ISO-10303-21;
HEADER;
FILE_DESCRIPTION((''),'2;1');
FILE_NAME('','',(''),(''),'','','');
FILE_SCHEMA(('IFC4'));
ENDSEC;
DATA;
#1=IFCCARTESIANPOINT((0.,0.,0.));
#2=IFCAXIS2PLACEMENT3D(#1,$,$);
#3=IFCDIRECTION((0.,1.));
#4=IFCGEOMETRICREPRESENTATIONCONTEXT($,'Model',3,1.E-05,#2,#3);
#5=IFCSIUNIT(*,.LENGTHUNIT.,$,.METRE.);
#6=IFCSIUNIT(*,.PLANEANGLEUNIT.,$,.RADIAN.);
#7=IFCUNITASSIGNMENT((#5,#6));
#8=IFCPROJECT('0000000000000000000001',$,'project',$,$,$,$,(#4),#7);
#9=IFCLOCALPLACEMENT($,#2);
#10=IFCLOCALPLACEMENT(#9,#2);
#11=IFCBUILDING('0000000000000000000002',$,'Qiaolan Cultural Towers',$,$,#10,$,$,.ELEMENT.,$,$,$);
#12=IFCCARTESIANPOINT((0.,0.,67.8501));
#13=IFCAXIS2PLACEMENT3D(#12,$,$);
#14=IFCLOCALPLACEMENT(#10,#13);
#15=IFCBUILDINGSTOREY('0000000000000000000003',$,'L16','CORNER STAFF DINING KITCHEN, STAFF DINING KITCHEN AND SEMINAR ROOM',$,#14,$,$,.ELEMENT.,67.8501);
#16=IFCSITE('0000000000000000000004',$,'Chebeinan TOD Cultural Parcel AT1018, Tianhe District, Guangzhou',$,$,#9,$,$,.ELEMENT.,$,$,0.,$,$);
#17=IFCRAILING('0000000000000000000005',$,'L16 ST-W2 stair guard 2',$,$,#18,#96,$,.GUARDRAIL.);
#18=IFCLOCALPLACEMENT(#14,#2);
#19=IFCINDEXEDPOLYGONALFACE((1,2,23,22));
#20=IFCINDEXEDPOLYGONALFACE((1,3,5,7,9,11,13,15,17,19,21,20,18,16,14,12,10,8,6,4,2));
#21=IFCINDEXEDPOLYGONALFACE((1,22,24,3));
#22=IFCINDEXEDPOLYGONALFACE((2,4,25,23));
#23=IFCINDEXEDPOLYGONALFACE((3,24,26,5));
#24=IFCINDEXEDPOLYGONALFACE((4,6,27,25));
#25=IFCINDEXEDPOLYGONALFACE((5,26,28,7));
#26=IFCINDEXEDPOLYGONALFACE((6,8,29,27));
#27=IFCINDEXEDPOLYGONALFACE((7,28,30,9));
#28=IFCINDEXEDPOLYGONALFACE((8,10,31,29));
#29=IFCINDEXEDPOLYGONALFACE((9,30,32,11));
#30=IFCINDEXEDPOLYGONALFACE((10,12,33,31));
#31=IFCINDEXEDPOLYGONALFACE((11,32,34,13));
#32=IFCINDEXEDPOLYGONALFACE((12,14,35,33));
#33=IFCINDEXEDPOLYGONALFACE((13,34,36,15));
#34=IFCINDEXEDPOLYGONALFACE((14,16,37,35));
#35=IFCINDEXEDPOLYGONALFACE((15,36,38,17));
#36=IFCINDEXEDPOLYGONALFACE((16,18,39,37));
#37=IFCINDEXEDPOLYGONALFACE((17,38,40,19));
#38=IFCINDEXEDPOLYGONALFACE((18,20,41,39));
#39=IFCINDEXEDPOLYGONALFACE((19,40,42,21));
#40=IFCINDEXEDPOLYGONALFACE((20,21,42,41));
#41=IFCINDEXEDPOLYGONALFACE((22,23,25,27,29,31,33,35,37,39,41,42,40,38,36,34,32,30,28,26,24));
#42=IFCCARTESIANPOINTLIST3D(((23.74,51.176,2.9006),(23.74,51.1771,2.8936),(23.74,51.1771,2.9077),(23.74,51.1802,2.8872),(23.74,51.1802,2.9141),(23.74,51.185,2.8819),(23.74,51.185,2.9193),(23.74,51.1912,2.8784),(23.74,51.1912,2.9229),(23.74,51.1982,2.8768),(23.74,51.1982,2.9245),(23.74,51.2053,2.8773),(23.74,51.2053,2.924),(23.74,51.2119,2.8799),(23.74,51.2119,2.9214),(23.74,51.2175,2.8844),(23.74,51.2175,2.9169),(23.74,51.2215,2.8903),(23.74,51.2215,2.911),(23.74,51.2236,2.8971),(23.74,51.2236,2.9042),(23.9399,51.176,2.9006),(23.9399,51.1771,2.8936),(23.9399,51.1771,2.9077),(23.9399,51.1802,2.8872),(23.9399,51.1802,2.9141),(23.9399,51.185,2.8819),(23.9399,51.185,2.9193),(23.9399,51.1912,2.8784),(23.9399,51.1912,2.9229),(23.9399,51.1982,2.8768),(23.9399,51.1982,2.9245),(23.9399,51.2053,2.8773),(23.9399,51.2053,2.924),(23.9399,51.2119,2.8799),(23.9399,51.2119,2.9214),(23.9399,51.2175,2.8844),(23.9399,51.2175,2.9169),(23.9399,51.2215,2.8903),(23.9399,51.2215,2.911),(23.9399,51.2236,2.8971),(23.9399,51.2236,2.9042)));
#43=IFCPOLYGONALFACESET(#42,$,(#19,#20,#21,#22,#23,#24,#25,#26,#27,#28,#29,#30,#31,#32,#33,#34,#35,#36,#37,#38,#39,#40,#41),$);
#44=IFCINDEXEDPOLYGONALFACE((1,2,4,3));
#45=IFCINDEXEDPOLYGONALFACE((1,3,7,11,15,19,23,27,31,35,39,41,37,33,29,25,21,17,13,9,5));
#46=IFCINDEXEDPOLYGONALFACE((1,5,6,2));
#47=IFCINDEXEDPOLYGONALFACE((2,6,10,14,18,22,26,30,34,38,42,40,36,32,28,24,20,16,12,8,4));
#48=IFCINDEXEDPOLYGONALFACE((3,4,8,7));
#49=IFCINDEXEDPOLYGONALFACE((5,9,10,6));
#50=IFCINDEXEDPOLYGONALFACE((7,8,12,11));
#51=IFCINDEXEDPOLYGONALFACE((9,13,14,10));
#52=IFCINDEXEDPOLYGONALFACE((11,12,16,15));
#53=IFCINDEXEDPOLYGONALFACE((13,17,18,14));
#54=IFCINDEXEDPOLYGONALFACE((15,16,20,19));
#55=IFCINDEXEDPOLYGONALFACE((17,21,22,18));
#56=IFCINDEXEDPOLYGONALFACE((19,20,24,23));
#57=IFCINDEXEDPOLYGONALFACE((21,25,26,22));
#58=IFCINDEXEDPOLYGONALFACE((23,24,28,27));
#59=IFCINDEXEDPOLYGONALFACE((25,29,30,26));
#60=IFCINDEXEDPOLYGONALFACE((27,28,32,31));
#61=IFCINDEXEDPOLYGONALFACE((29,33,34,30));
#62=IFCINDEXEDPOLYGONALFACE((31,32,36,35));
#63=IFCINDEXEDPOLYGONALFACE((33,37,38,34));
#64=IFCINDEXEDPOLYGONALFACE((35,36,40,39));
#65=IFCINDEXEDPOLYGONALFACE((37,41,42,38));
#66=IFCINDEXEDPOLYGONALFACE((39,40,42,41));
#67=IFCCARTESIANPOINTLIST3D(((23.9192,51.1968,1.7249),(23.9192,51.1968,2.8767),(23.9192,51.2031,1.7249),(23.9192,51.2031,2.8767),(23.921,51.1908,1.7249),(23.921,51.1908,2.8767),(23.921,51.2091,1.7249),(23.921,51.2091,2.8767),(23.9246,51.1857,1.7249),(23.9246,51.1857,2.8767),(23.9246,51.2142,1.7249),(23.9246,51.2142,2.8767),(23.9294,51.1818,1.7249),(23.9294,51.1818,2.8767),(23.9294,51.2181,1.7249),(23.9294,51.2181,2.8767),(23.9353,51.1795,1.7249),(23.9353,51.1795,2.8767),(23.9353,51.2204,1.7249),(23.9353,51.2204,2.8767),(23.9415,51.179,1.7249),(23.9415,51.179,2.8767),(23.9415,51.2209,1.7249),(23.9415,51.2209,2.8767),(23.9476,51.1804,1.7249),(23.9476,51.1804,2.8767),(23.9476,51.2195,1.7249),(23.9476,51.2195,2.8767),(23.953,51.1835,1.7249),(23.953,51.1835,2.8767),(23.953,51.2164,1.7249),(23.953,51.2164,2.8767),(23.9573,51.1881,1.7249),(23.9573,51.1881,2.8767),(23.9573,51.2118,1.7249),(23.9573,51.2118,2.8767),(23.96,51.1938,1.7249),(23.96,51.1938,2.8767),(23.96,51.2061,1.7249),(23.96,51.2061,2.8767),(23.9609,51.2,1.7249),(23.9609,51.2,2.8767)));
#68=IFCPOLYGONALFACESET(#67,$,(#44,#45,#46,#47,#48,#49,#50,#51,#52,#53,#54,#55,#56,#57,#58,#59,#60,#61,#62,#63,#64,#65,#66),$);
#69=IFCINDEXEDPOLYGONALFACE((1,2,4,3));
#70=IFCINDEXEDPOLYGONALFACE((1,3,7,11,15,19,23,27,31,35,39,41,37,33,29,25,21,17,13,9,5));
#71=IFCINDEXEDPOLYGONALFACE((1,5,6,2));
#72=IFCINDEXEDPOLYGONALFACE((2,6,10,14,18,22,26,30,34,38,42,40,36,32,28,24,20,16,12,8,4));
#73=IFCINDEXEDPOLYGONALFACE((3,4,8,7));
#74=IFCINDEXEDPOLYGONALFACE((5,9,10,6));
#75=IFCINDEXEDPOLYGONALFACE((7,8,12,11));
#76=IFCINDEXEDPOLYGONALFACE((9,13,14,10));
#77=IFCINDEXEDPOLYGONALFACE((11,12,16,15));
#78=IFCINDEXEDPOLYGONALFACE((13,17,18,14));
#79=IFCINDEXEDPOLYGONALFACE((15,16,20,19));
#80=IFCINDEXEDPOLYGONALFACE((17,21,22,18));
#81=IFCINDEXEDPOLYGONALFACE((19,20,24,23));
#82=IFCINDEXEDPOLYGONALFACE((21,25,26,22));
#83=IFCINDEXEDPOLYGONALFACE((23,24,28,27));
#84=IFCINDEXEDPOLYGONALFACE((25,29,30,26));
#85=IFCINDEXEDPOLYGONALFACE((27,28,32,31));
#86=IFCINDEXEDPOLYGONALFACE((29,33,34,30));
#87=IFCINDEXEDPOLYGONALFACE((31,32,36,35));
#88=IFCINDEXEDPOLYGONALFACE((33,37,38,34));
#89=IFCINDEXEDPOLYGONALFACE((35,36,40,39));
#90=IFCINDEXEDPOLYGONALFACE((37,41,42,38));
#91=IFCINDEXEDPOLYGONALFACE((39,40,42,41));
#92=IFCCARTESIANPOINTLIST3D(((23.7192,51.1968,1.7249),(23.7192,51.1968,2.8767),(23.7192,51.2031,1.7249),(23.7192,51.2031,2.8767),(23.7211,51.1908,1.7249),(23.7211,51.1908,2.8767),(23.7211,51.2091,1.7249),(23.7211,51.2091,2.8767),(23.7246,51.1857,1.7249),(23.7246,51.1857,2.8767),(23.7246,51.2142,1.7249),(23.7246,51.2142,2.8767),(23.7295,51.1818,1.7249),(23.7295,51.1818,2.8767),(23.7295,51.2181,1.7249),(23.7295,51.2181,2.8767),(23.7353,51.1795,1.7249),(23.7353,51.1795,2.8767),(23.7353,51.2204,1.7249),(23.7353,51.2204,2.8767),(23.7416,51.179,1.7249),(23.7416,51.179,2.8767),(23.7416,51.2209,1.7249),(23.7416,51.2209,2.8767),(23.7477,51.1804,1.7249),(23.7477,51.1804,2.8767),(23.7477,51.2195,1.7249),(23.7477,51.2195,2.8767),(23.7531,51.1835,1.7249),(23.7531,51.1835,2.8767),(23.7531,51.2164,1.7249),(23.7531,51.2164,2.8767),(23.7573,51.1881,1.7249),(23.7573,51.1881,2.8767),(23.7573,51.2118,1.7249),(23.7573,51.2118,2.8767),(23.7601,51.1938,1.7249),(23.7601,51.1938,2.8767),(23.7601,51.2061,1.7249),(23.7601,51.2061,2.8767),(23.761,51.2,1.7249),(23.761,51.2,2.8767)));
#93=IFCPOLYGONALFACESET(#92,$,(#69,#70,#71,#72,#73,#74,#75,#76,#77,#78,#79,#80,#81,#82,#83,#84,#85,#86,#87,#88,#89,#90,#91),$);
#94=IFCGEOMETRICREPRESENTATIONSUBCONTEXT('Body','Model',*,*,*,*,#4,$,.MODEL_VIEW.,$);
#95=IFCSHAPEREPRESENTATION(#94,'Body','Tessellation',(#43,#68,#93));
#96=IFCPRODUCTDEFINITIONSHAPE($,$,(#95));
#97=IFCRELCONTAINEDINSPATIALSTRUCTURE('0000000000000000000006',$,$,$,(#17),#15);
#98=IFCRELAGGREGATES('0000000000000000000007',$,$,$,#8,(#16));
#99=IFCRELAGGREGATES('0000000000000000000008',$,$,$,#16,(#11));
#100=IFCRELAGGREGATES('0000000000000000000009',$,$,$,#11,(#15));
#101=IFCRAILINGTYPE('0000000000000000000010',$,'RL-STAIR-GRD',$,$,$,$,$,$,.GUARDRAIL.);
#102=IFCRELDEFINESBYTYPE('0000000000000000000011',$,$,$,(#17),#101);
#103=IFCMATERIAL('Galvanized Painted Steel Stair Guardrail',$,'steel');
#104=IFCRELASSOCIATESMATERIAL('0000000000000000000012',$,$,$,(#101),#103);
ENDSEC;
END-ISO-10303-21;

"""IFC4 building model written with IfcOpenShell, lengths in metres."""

from ifc_helpers import new_model, si_unit, direction, frame, origin, origin_2d, place, context, subcontext, project, spatial, circle, extrude, material, type_object, element, save


model = new_model("IFC4")

# Units and contexts
model_context = context("Model", 3, precision=1e-05, world=origin(), true_north=direction((0.0, 1.0)))
body_context = subcontext(model_context, "Body", "Model", "MODEL_VIEW")
ifc_project = project(units=[si_unit("LENGTHUNIT", "METRE"), si_unit("PLANEANGLEUNIT", "RADIAN")], contexts=[model_context])

# Site, building, storey
site_placement = place(None, origin())
site = spatial("IfcSite", under=ifc_project, at=site_placement, Name="Chebeinan TOD Cultural Parcel AT1018, Tianhe District, Guangzhou", CompositionType="ELEMENT", RefElevation=0.0)
building_placement = place(site_placement, origin())
building = spatial("IfcBuilding", under=site, at=building_placement, Name="Qiaolan Cultural Towers", CompositionType="ELEMENT")
storey_placement = place(building_placement, frame((0.0, 0.0, 67.8501)))
storey = spatial("IfcBuildingStorey", under=building, at=storey_placement, Name="L16", Description="CORNER STAFF DINING KITCHEN, STAFF DINING KITCHEN AND SEMINAR ROOM", CompositionType="ELEMENT", Elevation=67.8501)

# Railing
ifc_material_1 = material(Name="Galvanized Painted Steel Stair Guardrail", Category="steel")
railing_type_1 = type_object("IfcRailingType", Name="RL-STAIR-GRD", PredefinedType="GUARDRAIL", material=ifc_material_1)
railing_1_placement = place(storey_placement, frame((23.9399, 51.2, 1.7249)))
element("IfcRailing", 1, at=railing_1_placement, inside=storey, type_object=railing_type_1, Name="L16 ST-W2 stair guard 2", PredefinedType="GUARDRAIL", context=body_context, shape_type="SweptSolid", body=[
    extrude(circle(Radius=0.0239, at=origin_2d()), frame((0.0, 0.0, 1.1758), z_axis=(-1.0, 0.0, 0.0), x_axis=(0.0, -1.0, 0.0)), (0.0, 0.0, 1.0), 0.2),
    extrude(circle(Radius=0.021, at=origin_2d()), origin(), (0.0, 0.0, 1.0), 1.1519),
    extrude(circle(Radius=0.021, at=origin_2d()), frame((-0.2, 0.0, 0.0)), (0.0, 0.0, 1.0), 1.1519),
])

save(model, "model.ifc")
